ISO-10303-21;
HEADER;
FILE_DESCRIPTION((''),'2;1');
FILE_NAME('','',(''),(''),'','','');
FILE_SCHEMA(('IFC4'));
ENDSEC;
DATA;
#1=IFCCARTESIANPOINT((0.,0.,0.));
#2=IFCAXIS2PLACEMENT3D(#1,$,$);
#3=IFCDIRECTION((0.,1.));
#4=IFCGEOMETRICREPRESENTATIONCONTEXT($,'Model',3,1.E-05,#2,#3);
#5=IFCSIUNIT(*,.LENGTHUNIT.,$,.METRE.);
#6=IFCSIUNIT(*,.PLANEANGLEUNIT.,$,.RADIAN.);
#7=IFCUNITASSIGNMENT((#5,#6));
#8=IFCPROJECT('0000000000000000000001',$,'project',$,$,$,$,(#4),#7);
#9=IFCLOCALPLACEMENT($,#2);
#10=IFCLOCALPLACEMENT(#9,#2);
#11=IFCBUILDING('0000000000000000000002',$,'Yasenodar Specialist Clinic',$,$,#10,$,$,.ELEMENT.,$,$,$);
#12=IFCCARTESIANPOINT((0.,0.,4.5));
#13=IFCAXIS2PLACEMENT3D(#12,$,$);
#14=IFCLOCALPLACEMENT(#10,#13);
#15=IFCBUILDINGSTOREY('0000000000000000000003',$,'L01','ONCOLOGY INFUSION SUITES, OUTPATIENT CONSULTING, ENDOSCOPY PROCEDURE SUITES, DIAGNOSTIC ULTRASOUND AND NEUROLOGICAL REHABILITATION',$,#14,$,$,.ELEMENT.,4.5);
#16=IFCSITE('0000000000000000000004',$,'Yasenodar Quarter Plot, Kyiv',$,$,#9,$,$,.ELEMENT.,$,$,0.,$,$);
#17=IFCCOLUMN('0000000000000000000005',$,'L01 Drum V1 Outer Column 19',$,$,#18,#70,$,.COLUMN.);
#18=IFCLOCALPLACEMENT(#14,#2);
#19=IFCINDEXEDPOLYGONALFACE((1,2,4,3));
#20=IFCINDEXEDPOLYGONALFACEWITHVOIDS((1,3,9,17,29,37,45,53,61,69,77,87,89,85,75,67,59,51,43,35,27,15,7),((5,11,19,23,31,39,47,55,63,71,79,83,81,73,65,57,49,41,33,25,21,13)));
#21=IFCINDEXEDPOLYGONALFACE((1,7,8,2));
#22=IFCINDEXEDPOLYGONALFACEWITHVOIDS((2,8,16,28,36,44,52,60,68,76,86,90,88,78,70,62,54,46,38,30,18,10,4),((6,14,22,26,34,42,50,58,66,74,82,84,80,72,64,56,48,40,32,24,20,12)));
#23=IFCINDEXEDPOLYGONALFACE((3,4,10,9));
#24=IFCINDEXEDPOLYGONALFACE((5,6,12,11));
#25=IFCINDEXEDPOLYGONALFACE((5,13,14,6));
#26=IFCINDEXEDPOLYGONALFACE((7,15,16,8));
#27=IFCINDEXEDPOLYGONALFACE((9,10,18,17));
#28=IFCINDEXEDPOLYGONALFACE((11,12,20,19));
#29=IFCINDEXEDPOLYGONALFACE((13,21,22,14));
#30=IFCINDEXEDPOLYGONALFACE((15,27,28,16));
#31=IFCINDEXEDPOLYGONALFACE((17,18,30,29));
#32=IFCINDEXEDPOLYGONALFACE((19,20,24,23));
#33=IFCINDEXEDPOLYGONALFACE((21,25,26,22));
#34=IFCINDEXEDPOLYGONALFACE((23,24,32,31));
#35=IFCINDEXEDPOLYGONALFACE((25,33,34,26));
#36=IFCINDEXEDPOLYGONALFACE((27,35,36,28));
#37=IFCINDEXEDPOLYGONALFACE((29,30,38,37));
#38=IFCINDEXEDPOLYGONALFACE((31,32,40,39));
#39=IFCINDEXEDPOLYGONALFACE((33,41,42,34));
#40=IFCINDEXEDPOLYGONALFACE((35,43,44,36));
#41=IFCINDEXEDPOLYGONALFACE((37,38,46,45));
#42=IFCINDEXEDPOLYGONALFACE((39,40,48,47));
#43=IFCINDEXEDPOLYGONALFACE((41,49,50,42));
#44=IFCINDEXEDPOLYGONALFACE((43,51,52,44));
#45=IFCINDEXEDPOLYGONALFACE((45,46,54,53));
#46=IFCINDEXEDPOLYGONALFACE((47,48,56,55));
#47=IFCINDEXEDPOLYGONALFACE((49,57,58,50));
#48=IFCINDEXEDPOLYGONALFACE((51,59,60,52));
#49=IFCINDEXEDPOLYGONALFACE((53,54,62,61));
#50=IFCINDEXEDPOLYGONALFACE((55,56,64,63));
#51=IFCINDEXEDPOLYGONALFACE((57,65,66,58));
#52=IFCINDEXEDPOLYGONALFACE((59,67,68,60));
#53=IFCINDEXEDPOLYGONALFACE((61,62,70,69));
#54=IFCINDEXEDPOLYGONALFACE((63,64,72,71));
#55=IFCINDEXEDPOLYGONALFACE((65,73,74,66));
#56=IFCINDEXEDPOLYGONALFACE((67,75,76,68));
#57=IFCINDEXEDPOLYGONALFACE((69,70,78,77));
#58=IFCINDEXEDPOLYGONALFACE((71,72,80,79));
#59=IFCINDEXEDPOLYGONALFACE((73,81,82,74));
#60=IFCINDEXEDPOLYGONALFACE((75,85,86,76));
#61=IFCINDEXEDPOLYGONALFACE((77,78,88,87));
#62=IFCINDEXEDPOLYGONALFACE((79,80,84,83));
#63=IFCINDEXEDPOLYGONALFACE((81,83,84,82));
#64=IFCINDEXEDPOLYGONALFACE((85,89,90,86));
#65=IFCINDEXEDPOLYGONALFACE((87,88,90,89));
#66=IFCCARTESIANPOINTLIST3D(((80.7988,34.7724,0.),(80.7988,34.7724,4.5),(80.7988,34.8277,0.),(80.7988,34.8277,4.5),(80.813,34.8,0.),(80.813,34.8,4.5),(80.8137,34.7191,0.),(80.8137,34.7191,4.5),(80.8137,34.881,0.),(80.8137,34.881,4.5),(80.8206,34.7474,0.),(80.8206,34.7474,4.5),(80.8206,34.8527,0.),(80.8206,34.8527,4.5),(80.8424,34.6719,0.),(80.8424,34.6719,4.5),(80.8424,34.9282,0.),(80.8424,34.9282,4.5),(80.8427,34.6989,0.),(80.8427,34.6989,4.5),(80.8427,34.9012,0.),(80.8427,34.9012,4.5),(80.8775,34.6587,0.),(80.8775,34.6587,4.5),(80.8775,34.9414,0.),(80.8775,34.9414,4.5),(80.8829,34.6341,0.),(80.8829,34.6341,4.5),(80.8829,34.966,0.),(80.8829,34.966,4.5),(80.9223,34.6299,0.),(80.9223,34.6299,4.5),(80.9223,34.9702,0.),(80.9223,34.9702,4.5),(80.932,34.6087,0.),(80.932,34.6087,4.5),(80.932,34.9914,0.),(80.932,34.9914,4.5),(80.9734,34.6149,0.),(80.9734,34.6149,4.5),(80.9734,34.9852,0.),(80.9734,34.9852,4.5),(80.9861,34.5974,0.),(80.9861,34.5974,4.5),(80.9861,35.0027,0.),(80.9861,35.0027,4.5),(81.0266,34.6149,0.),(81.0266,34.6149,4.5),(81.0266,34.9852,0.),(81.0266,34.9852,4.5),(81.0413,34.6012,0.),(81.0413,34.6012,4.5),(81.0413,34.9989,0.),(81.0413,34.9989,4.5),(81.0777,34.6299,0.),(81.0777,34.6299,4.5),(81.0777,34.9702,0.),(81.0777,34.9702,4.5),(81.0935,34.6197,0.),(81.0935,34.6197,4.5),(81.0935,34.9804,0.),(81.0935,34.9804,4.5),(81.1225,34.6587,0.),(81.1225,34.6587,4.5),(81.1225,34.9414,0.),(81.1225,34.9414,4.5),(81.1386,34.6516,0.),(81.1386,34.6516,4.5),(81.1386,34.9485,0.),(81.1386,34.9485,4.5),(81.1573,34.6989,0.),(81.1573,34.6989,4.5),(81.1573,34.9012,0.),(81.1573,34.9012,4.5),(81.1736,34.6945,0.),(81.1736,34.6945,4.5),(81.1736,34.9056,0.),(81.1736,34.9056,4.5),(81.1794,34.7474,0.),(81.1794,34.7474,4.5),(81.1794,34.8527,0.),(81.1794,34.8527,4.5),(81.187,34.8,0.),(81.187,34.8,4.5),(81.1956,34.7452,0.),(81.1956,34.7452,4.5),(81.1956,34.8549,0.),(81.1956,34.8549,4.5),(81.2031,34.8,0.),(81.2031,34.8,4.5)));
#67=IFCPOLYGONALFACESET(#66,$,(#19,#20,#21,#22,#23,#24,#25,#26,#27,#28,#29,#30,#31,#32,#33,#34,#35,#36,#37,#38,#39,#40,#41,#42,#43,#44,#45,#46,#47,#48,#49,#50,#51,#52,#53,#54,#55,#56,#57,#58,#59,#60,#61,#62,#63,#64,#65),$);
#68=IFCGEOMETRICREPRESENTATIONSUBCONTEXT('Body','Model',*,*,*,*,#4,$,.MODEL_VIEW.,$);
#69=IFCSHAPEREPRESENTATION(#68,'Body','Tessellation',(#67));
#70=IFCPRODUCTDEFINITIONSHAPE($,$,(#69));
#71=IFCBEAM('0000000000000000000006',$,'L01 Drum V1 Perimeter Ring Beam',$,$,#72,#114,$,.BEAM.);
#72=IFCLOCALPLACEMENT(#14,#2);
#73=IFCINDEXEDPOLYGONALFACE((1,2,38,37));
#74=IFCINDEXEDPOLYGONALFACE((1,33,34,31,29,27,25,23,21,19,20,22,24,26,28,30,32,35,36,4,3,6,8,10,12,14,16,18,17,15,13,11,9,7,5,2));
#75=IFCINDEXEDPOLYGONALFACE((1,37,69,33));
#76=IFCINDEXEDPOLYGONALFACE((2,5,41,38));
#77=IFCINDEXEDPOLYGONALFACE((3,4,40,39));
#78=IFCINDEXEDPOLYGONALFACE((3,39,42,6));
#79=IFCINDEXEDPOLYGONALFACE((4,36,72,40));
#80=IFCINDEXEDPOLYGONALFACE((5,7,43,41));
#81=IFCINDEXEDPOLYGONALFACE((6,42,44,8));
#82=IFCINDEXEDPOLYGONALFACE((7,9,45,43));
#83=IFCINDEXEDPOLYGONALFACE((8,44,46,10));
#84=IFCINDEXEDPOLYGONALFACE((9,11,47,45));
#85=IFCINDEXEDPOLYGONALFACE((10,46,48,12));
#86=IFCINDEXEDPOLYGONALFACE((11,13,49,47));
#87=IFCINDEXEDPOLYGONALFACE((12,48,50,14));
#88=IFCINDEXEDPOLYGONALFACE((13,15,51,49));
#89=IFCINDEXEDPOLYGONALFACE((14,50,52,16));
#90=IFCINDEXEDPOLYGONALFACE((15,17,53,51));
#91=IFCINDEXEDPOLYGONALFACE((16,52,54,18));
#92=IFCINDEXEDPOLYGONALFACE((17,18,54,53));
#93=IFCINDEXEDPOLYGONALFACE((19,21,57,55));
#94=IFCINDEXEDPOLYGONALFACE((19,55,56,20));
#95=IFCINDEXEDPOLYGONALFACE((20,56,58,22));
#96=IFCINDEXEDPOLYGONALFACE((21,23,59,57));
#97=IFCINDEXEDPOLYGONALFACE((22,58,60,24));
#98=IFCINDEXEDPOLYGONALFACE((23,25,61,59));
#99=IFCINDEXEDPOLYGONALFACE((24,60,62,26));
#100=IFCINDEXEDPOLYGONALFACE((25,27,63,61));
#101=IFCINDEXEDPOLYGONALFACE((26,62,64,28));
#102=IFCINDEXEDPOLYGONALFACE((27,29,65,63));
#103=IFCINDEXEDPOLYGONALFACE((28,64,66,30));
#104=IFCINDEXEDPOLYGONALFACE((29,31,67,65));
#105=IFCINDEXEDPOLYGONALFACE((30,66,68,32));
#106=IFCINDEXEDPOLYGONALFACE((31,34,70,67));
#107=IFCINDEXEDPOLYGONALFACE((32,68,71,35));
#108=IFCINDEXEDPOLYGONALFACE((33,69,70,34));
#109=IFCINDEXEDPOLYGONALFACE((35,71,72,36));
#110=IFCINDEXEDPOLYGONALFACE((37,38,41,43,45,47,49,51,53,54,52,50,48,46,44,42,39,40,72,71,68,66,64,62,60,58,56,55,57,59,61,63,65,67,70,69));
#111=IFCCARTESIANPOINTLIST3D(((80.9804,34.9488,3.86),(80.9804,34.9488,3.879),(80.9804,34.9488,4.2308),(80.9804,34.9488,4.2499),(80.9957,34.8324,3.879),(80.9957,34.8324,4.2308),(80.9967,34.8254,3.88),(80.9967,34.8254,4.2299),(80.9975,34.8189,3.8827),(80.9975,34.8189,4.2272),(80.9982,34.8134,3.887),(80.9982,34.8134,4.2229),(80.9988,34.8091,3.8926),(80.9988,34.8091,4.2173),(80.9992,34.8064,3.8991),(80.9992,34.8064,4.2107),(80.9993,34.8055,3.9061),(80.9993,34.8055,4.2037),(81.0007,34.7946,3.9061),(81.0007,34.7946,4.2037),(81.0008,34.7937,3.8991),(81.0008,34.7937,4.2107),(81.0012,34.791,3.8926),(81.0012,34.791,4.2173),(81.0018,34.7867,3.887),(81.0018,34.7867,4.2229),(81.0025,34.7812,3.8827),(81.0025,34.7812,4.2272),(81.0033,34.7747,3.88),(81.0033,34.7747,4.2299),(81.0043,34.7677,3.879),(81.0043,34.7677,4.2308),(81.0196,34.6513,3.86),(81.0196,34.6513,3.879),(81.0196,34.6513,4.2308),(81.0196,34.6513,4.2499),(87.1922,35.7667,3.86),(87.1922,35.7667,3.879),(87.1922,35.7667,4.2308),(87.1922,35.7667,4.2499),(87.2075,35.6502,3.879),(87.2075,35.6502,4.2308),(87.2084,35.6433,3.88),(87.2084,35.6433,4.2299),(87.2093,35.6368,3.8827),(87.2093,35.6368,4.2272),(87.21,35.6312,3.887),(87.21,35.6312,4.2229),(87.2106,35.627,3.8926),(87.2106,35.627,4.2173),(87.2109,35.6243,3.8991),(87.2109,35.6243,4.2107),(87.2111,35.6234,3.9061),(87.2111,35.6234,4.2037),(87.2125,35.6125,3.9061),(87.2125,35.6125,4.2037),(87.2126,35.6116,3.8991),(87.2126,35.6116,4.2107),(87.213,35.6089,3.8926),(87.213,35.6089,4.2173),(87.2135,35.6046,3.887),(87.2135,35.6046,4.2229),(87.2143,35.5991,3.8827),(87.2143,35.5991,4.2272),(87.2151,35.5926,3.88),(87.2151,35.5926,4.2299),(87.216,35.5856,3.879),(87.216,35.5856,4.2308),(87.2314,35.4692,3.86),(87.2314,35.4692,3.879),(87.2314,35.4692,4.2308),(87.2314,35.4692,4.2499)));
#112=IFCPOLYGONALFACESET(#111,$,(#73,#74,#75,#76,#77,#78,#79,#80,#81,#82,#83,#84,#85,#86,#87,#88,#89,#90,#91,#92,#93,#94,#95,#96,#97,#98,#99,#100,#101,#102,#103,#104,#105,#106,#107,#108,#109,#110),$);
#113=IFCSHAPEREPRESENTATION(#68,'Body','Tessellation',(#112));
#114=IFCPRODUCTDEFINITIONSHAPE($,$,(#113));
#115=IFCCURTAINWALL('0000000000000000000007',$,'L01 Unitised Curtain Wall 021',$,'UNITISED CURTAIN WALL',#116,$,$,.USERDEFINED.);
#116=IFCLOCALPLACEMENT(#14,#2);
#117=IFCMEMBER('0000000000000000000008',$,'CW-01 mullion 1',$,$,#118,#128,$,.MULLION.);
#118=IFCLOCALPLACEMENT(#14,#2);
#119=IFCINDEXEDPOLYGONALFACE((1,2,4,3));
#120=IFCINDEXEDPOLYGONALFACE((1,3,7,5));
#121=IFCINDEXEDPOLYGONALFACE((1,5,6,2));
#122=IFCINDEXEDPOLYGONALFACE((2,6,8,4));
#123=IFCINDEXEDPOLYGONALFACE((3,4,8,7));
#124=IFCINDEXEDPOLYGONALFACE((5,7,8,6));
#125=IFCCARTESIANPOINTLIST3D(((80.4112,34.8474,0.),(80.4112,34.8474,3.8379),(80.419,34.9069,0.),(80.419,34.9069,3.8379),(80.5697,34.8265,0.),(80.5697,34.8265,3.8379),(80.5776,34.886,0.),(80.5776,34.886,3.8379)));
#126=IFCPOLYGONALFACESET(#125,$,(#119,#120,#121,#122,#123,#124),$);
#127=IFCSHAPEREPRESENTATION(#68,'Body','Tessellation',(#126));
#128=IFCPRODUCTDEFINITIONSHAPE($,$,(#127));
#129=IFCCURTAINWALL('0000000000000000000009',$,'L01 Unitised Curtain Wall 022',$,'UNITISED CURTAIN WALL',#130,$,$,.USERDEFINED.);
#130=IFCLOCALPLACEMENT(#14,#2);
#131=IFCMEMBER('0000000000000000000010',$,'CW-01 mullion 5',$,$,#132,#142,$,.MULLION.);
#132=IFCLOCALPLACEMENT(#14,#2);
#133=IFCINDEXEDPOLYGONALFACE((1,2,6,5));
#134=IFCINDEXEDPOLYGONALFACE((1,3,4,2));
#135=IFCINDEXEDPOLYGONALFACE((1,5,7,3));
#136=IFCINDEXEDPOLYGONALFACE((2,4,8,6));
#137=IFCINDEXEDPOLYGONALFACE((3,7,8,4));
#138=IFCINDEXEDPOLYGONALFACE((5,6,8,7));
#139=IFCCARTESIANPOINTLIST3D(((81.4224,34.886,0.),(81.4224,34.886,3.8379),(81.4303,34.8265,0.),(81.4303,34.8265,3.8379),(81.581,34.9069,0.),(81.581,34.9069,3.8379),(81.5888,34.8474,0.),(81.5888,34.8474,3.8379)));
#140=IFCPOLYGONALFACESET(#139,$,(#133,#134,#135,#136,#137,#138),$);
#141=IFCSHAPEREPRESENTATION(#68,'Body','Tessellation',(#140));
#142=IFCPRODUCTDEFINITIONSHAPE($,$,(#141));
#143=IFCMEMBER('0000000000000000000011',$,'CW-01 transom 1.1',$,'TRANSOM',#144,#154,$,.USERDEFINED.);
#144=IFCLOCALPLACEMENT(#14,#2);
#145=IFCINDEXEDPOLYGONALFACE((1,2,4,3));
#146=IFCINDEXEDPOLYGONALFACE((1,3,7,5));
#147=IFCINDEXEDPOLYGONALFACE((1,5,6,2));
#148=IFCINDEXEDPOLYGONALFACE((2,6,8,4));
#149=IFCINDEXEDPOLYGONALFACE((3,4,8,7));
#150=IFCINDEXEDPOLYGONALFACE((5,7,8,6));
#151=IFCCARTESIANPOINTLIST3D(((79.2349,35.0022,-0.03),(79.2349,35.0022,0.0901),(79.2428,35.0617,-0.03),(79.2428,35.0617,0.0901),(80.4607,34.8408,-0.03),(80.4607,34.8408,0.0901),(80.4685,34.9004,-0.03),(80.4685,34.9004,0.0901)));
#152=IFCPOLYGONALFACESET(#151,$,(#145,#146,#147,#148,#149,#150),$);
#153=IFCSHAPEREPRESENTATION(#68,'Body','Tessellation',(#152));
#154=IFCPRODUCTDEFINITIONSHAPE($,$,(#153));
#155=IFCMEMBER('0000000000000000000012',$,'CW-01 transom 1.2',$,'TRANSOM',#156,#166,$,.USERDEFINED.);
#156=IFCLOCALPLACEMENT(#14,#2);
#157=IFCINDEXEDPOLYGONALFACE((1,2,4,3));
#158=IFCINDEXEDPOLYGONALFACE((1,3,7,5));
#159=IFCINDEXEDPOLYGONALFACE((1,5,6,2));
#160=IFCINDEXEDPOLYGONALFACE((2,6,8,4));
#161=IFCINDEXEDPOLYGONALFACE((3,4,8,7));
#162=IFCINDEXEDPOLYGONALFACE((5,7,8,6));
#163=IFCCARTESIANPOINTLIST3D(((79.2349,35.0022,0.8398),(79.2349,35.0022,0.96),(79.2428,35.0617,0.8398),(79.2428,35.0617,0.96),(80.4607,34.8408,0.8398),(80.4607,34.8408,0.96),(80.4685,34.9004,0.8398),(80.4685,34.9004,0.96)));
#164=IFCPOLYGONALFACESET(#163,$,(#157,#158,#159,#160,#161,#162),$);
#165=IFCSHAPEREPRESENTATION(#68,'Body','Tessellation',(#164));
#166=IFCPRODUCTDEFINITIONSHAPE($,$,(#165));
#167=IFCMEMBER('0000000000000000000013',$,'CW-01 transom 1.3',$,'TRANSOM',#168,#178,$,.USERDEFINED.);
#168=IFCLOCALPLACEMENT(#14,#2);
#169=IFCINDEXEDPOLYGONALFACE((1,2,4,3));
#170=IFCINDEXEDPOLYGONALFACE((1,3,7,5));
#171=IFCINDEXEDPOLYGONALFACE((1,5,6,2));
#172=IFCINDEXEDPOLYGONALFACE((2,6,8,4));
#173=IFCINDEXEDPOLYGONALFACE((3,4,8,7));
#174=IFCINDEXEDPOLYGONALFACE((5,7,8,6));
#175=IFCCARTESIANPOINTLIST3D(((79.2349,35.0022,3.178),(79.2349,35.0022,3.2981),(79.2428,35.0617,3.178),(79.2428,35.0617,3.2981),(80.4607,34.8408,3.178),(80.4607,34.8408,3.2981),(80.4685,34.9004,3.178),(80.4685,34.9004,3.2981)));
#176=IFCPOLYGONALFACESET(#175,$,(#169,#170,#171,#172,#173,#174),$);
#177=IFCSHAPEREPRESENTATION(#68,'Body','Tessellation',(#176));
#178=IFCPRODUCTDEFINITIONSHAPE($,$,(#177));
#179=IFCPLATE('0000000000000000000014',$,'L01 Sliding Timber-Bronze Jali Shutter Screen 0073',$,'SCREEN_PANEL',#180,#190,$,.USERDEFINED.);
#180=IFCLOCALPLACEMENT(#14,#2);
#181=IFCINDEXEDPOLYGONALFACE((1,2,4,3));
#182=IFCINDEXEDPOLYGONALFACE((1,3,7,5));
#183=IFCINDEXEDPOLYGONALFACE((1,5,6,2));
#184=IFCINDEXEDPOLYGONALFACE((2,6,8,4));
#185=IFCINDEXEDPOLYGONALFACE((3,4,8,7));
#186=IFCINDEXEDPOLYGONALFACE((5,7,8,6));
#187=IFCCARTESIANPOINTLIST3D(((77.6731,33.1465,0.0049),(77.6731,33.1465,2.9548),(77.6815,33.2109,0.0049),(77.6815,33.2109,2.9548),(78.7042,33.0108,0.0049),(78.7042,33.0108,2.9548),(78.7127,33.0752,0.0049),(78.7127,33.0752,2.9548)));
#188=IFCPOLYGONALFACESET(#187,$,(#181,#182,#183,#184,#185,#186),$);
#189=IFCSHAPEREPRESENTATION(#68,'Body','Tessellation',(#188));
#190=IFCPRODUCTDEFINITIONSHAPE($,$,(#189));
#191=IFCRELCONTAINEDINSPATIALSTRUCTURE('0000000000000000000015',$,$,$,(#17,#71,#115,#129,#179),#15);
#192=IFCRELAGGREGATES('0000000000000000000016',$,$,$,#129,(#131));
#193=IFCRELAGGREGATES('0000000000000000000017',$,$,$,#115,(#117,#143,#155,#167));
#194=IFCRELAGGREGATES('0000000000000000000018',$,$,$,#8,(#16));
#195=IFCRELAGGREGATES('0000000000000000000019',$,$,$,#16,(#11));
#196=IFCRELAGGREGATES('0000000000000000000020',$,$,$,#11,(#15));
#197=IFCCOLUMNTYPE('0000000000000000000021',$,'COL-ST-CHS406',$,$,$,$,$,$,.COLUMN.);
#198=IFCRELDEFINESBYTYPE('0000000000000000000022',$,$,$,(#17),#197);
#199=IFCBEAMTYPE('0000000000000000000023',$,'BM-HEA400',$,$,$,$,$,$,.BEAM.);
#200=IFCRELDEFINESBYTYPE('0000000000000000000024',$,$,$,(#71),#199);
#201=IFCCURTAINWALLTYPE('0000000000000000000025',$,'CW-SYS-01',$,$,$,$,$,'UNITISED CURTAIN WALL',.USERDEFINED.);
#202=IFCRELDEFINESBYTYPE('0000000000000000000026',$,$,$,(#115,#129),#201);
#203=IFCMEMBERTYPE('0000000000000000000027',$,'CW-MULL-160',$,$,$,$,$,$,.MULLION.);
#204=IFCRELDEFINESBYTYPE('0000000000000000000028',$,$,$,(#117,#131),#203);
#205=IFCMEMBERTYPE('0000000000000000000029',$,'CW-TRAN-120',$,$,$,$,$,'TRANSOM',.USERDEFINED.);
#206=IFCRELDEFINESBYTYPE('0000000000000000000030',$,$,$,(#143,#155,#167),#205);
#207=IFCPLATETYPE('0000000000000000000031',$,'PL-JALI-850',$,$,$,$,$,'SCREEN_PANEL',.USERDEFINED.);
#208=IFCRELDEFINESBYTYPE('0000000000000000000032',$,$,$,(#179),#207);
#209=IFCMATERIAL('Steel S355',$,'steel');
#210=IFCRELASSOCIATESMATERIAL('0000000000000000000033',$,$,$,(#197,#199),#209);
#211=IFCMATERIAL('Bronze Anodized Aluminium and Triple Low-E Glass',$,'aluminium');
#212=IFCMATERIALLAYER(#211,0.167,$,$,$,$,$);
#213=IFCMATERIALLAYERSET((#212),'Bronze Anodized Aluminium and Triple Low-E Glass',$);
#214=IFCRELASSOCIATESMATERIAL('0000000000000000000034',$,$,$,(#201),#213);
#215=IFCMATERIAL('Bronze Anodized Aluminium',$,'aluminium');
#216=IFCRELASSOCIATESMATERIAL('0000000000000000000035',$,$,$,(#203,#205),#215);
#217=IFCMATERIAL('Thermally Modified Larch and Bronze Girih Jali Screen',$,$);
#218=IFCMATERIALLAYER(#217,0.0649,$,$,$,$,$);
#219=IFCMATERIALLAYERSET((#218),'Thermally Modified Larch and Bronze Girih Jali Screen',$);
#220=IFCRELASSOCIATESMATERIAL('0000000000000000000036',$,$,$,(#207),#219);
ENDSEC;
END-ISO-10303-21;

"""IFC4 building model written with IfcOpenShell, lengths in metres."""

from ifc_helpers import new_model, si_unit, direction, frame, origin, origin_2d, place, context, subcontext, project, spatial, rectangle, hollow_circle, i_section, extrude, material, layer, layer_set, material_profile, profile_set, type_object, element, aggregate, save


model = new_model("IFC4")

# Units and contexts
model_context = context("Model", 3, precision=1e-05, world=origin(), true_north=direction((0.0, 1.0)))
body_context = subcontext(model_context, "Body", "Model", "MODEL_VIEW")
ifc_project = project(units=[si_unit("LENGTHUNIT", "METRE"), si_unit("PLANEANGLEUNIT", "RADIAN")], contexts=[model_context])

# Site, building, storey
site_placement = place(None, origin())
site = spatial("IfcSite", under=ifc_project, at=site_placement, Name="Yasenodar Quarter Plot, Kyiv", CompositionType="ELEMENT", RefElevation=0.0)
building_placement = place(site_placement, origin())
building = spatial("IfcBuilding", under=site, at=building_placement, Name="Yasenodar Specialist Clinic", CompositionType="ELEMENT")
storey_placement = place(building_placement, frame((0.0, 0.0, 4.5)))
storey = spatial("IfcBuildingStorey", under=building, at=storey_placement, Name="L01", Description="ONCOLOGY INFUSION SUITES, OUTPATIENT CONSULTING, ENDOSCOPY PROCEDURE SUITES, DIAGNOSTIC ULTRASOUND AND NEUROLOGICAL REHABILITATION", CompositionType="ELEMENT", Elevation=4.5)

# Column
ifc_material_1 = material(Name="Steel S355", Category="steel")
ifc_material_profile_1 = material_profile(ifc_material_1, hollow_circle(Radius=0.2031, WallThickness=0.0161, at=origin_2d()), Name="CHS 406.4x16")
ifc_profile_set_1 = profile_set([ifc_material_profile_1], Name="Steel S355")
column_type = type_object("IfcColumnType", Name="COL-ST-CHS406", PredefinedType="COLUMN", material=ifc_profile_set_1)
column_placement = place(storey_placement, frame((81.0, 34.8, 0.0), z_axis=(0.0, 0.0, 1.0), x_axis=(1.0, 0.0, 0.0)))
element("IfcColumn", 1, at=column_placement, inside=storey, type_object=column_type, Name="L01 Drum V1 Outer Column 19", PredefinedType="COLUMN", context=body_context, shape_type="SweptSolid", body=[
    extrude(hollow_circle(Radius=0.2031, WallThickness=0.0161, at=origin_2d()), origin(), (0.0, 0.0, 1.0), 4.5),
])

# Beam
ifc_material_profile_2 = material_profile(ifc_material_1, i_section(OverallWidth=0.3, OverallDepth=0.3899, WebThickness=0.011, FlangeThickness=0.019, FilletRadius=0.0271, at=origin_2d()), Name="HEA 400")
ifc_profile_set_2 = profile_set([ifc_material_profile_2], Name="Steel S355")
beam_type = type_object("IfcBeamType", Name="BM-HEA400", PredefinedType="BEAM", material=ifc_profile_set_2)
beam_placement = place(storey_placement, frame((81.0, 34.8, 4.0549), z_axis=(0.991443, 0.13054, 0.0), x_axis=(-0.13054, 0.991443, 0.0)))
element("IfcBeam", 2, at=beam_placement, inside=storey, type_object=beam_type, Name="L01 Drum V1 Perimeter Ring Beam", PredefinedType="BEAM", context=body_context, shape_type="SweptSolid", body=[
    extrude(i_section(OverallWidth=0.3, OverallDepth=0.3899, WebThickness=0.011, FlangeThickness=0.019, FilletRadius=0.0271, at=origin_2d()), origin(), (0.0, 0.0, 1.0), 6.2654),
])

# Curtain walls, members
ifc_material_2 = material(Name="Bronze Anodized Aluminium and Triple Low-E Glass", Category="aluminium")
ifc_layer_1 = layer(ifc_material_2, 0.167)
ifc_layer_set_1 = layer_set([ifc_layer_1], Name="Bronze Anodized Aluminium and Triple Low-E Glass")
curtain_wall_type = type_object("IfcCurtainWallType", Name="CW-SYS-01", ElementType="UNITISED CURTAIN WALL", PredefinedType="USERDEFINED", material=ifc_layer_set_1)
curtain_wall_1_placement = place(storey_placement, origin())
curtain_wall_1 = element("IfcCurtainWall", 3, at=curtain_wall_1_placement, inside=storey, type_object=curtain_wall_type, Name="L01 Unitised Curtain Wall 021", ObjectType="UNITISED CURTAIN WALL", PredefinedType="USERDEFINED")
ifc_material_3 = material(Name="Bronze Anodized Aluminium", Category="aluminium")
ifc_material_profile_3 = material_profile(ifc_material_3, rectangle(XDim=0.0601, YDim=0.1599, at=origin_2d()), Name="CW-MULL 60x160")
ifc_profile_set_3 = profile_set([ifc_material_profile_3], Name="Bronze Anodized Aluminium")
member_type_1 = type_object("IfcMemberType", Name="CW-MULL-160", PredefinedType="MULLION", material=ifc_profile_set_3)
member_1_placement = place(storey_placement, frame((80.4944, 34.8667, 0.0), z_axis=(0.0, 0.0, 1.0), x_axis=(-0.130512, -0.991447, 0.0)))
member_1 = element("IfcMember", 4, at=member_1_placement, type_object=member_type_1, Name="CW-01 mullion 1", PredefinedType="MULLION", context=body_context, shape_type="SweptSolid", body=[
    extrude(rectangle(XDim=0.0601, YDim=0.1599, at=origin_2d()), origin(), (0.0, 0.0, 1.0), 3.8379),
])
curtain_wall_2_placement = place(storey_placement, origin())
curtain_wall_2 = element("IfcCurtainWall", 5, at=curtain_wall_2_placement, inside=storey, type_object=curtain_wall_type, Name="L01 Unitised Curtain Wall 022", ObjectType="UNITISED CURTAIN WALL", PredefinedType="USERDEFINED")
member_2_placement = place(storey_placement, frame((81.5056, 34.8667, 0.0), z_axis=(0.0, 0.0, 1.0), x_axis=(0.130512, -0.991447, 0.0)))
member_2 = element("IfcMember", 6, at=member_2_placement, type_object=member_type_1, Name="CW-01 mullion 5", PredefinedType="MULLION", context=body_context, shape_type="SweptSolid", body=[
    extrude(rectangle(XDim=0.0601, YDim=0.1599, at=origin_2d()), origin(), (0.0, 0.0, 1.0), 3.8379),
])
aggregate(curtain_wall_2, [member_2])

# Members
ifc_material_profile_4 = material_profile(ifc_material_3, rectangle(XDim=0.0601, YDim=0.1201, at=origin_2d()), Name="CW-TRAN 60x120")
ifc_profile_set_4 = profile_set([ifc_material_profile_4], Name="Bronze Anodized Aluminium")
member_type_2 = type_object("IfcMemberType", Name="CW-TRAN-120", ElementType="TRANSOM", PredefinedType="USERDEFINED", material=ifc_profile_set_4)
member_3_placement = place(storey_placement, frame((80.4646, 34.8706, 0.03), z_axis=(-0.991446, 0.130521, 0.0), x_axis=(-0.130521, -0.991446, 0.0)))
member_3 = element("IfcMember", 7, at=member_3_placement, type_object=member_type_2, Name="CW-01 transom 1.1", ObjectType="TRANSOM", PredefinedType="USERDEFINED", context=body_context, shape_type="SweptSolid", body=[
    extrude(rectangle(XDim=0.0601, YDim=0.1201, at=origin_2d()), origin(), (0.0, 0.0, 1.0), 1.2363),
])
member_4_placement = place(storey_placement, frame((80.4646, 34.8706, 0.8999), z_axis=(-0.991446, 0.130521, 0.0), x_axis=(-0.130521, -0.991446, 0.0)))
member_4 = element("IfcMember", 8, at=member_4_placement, type_object=member_type_2, Name="CW-01 transom 1.2", ObjectType="TRANSOM", PredefinedType="USERDEFINED", context=body_context, shape_type="SweptSolid", body=[
    extrude(rectangle(XDim=0.0601, YDim=0.1201, at=origin_2d()), origin(), (0.0, 0.0, 1.0), 1.2363),
])
member_5_placement = place(storey_placement, frame((80.4646, 34.8706, 3.238), z_axis=(-0.991446, 0.130521, 0.0), x_axis=(-0.130521, -0.991446, 0.0)))
member_5 = element("IfcMember", 9, at=member_5_placement, type_object=member_type_2, Name="CW-01 transom 1.3", ObjectType="TRANSOM", PredefinedType="USERDEFINED", context=body_context, shape_type="SweptSolid", body=[
    extrude(rectangle(XDim=0.0601, YDim=0.1201, at=origin_2d()), origin(), (0.0, 0.0, 1.0), 1.2363),
])
aggregate(curtain_wall_1, [member_1, member_3, member_4, member_5])

# Plate
ifc_material_4 = material(Name="Thermally Modified Larch and Bronze Girih Jali Screen")
ifc_layer_2 = layer(ifc_material_4, 0.0649)
ifc_layer_set_2 = layer_set([ifc_layer_2], Name="Thermally Modified Larch and Bronze Girih Jali Screen")
plate_type = type_object("IfcPlateType", Name="PL-JALI-850", ElementType="SCREEN_PANEL", PredefinedType="USERDEFINED", material=ifc_layer_set_2)
for number, where, z_axis, x_axis, name in (
    (10, (78.1929, 33.1108, 0.0049), (0.0, 0.0, 1.0), (0.991446, -0.130519, 0.0), "L01 Sliding Timber-Bronze Jali Shutter Screen 0073"),
):
    element("IfcPlate", number, at=place(storey_placement, frame(where, z_axis=z_axis, x_axis=x_axis)), inside=storey, type_object=plate_type, Name=name, ObjectType="SCREEN_PANEL", PredefinedType="USERDEFINED", context=body_context, shape_type="SweptSolid", body=[
        extrude(rectangle(XDim=1.04, YDim=0.0649, at=origin_2d()), origin(), (0.0, 0.0, 1.0), 2.95),
    ])

save(model, "model.ifc")
